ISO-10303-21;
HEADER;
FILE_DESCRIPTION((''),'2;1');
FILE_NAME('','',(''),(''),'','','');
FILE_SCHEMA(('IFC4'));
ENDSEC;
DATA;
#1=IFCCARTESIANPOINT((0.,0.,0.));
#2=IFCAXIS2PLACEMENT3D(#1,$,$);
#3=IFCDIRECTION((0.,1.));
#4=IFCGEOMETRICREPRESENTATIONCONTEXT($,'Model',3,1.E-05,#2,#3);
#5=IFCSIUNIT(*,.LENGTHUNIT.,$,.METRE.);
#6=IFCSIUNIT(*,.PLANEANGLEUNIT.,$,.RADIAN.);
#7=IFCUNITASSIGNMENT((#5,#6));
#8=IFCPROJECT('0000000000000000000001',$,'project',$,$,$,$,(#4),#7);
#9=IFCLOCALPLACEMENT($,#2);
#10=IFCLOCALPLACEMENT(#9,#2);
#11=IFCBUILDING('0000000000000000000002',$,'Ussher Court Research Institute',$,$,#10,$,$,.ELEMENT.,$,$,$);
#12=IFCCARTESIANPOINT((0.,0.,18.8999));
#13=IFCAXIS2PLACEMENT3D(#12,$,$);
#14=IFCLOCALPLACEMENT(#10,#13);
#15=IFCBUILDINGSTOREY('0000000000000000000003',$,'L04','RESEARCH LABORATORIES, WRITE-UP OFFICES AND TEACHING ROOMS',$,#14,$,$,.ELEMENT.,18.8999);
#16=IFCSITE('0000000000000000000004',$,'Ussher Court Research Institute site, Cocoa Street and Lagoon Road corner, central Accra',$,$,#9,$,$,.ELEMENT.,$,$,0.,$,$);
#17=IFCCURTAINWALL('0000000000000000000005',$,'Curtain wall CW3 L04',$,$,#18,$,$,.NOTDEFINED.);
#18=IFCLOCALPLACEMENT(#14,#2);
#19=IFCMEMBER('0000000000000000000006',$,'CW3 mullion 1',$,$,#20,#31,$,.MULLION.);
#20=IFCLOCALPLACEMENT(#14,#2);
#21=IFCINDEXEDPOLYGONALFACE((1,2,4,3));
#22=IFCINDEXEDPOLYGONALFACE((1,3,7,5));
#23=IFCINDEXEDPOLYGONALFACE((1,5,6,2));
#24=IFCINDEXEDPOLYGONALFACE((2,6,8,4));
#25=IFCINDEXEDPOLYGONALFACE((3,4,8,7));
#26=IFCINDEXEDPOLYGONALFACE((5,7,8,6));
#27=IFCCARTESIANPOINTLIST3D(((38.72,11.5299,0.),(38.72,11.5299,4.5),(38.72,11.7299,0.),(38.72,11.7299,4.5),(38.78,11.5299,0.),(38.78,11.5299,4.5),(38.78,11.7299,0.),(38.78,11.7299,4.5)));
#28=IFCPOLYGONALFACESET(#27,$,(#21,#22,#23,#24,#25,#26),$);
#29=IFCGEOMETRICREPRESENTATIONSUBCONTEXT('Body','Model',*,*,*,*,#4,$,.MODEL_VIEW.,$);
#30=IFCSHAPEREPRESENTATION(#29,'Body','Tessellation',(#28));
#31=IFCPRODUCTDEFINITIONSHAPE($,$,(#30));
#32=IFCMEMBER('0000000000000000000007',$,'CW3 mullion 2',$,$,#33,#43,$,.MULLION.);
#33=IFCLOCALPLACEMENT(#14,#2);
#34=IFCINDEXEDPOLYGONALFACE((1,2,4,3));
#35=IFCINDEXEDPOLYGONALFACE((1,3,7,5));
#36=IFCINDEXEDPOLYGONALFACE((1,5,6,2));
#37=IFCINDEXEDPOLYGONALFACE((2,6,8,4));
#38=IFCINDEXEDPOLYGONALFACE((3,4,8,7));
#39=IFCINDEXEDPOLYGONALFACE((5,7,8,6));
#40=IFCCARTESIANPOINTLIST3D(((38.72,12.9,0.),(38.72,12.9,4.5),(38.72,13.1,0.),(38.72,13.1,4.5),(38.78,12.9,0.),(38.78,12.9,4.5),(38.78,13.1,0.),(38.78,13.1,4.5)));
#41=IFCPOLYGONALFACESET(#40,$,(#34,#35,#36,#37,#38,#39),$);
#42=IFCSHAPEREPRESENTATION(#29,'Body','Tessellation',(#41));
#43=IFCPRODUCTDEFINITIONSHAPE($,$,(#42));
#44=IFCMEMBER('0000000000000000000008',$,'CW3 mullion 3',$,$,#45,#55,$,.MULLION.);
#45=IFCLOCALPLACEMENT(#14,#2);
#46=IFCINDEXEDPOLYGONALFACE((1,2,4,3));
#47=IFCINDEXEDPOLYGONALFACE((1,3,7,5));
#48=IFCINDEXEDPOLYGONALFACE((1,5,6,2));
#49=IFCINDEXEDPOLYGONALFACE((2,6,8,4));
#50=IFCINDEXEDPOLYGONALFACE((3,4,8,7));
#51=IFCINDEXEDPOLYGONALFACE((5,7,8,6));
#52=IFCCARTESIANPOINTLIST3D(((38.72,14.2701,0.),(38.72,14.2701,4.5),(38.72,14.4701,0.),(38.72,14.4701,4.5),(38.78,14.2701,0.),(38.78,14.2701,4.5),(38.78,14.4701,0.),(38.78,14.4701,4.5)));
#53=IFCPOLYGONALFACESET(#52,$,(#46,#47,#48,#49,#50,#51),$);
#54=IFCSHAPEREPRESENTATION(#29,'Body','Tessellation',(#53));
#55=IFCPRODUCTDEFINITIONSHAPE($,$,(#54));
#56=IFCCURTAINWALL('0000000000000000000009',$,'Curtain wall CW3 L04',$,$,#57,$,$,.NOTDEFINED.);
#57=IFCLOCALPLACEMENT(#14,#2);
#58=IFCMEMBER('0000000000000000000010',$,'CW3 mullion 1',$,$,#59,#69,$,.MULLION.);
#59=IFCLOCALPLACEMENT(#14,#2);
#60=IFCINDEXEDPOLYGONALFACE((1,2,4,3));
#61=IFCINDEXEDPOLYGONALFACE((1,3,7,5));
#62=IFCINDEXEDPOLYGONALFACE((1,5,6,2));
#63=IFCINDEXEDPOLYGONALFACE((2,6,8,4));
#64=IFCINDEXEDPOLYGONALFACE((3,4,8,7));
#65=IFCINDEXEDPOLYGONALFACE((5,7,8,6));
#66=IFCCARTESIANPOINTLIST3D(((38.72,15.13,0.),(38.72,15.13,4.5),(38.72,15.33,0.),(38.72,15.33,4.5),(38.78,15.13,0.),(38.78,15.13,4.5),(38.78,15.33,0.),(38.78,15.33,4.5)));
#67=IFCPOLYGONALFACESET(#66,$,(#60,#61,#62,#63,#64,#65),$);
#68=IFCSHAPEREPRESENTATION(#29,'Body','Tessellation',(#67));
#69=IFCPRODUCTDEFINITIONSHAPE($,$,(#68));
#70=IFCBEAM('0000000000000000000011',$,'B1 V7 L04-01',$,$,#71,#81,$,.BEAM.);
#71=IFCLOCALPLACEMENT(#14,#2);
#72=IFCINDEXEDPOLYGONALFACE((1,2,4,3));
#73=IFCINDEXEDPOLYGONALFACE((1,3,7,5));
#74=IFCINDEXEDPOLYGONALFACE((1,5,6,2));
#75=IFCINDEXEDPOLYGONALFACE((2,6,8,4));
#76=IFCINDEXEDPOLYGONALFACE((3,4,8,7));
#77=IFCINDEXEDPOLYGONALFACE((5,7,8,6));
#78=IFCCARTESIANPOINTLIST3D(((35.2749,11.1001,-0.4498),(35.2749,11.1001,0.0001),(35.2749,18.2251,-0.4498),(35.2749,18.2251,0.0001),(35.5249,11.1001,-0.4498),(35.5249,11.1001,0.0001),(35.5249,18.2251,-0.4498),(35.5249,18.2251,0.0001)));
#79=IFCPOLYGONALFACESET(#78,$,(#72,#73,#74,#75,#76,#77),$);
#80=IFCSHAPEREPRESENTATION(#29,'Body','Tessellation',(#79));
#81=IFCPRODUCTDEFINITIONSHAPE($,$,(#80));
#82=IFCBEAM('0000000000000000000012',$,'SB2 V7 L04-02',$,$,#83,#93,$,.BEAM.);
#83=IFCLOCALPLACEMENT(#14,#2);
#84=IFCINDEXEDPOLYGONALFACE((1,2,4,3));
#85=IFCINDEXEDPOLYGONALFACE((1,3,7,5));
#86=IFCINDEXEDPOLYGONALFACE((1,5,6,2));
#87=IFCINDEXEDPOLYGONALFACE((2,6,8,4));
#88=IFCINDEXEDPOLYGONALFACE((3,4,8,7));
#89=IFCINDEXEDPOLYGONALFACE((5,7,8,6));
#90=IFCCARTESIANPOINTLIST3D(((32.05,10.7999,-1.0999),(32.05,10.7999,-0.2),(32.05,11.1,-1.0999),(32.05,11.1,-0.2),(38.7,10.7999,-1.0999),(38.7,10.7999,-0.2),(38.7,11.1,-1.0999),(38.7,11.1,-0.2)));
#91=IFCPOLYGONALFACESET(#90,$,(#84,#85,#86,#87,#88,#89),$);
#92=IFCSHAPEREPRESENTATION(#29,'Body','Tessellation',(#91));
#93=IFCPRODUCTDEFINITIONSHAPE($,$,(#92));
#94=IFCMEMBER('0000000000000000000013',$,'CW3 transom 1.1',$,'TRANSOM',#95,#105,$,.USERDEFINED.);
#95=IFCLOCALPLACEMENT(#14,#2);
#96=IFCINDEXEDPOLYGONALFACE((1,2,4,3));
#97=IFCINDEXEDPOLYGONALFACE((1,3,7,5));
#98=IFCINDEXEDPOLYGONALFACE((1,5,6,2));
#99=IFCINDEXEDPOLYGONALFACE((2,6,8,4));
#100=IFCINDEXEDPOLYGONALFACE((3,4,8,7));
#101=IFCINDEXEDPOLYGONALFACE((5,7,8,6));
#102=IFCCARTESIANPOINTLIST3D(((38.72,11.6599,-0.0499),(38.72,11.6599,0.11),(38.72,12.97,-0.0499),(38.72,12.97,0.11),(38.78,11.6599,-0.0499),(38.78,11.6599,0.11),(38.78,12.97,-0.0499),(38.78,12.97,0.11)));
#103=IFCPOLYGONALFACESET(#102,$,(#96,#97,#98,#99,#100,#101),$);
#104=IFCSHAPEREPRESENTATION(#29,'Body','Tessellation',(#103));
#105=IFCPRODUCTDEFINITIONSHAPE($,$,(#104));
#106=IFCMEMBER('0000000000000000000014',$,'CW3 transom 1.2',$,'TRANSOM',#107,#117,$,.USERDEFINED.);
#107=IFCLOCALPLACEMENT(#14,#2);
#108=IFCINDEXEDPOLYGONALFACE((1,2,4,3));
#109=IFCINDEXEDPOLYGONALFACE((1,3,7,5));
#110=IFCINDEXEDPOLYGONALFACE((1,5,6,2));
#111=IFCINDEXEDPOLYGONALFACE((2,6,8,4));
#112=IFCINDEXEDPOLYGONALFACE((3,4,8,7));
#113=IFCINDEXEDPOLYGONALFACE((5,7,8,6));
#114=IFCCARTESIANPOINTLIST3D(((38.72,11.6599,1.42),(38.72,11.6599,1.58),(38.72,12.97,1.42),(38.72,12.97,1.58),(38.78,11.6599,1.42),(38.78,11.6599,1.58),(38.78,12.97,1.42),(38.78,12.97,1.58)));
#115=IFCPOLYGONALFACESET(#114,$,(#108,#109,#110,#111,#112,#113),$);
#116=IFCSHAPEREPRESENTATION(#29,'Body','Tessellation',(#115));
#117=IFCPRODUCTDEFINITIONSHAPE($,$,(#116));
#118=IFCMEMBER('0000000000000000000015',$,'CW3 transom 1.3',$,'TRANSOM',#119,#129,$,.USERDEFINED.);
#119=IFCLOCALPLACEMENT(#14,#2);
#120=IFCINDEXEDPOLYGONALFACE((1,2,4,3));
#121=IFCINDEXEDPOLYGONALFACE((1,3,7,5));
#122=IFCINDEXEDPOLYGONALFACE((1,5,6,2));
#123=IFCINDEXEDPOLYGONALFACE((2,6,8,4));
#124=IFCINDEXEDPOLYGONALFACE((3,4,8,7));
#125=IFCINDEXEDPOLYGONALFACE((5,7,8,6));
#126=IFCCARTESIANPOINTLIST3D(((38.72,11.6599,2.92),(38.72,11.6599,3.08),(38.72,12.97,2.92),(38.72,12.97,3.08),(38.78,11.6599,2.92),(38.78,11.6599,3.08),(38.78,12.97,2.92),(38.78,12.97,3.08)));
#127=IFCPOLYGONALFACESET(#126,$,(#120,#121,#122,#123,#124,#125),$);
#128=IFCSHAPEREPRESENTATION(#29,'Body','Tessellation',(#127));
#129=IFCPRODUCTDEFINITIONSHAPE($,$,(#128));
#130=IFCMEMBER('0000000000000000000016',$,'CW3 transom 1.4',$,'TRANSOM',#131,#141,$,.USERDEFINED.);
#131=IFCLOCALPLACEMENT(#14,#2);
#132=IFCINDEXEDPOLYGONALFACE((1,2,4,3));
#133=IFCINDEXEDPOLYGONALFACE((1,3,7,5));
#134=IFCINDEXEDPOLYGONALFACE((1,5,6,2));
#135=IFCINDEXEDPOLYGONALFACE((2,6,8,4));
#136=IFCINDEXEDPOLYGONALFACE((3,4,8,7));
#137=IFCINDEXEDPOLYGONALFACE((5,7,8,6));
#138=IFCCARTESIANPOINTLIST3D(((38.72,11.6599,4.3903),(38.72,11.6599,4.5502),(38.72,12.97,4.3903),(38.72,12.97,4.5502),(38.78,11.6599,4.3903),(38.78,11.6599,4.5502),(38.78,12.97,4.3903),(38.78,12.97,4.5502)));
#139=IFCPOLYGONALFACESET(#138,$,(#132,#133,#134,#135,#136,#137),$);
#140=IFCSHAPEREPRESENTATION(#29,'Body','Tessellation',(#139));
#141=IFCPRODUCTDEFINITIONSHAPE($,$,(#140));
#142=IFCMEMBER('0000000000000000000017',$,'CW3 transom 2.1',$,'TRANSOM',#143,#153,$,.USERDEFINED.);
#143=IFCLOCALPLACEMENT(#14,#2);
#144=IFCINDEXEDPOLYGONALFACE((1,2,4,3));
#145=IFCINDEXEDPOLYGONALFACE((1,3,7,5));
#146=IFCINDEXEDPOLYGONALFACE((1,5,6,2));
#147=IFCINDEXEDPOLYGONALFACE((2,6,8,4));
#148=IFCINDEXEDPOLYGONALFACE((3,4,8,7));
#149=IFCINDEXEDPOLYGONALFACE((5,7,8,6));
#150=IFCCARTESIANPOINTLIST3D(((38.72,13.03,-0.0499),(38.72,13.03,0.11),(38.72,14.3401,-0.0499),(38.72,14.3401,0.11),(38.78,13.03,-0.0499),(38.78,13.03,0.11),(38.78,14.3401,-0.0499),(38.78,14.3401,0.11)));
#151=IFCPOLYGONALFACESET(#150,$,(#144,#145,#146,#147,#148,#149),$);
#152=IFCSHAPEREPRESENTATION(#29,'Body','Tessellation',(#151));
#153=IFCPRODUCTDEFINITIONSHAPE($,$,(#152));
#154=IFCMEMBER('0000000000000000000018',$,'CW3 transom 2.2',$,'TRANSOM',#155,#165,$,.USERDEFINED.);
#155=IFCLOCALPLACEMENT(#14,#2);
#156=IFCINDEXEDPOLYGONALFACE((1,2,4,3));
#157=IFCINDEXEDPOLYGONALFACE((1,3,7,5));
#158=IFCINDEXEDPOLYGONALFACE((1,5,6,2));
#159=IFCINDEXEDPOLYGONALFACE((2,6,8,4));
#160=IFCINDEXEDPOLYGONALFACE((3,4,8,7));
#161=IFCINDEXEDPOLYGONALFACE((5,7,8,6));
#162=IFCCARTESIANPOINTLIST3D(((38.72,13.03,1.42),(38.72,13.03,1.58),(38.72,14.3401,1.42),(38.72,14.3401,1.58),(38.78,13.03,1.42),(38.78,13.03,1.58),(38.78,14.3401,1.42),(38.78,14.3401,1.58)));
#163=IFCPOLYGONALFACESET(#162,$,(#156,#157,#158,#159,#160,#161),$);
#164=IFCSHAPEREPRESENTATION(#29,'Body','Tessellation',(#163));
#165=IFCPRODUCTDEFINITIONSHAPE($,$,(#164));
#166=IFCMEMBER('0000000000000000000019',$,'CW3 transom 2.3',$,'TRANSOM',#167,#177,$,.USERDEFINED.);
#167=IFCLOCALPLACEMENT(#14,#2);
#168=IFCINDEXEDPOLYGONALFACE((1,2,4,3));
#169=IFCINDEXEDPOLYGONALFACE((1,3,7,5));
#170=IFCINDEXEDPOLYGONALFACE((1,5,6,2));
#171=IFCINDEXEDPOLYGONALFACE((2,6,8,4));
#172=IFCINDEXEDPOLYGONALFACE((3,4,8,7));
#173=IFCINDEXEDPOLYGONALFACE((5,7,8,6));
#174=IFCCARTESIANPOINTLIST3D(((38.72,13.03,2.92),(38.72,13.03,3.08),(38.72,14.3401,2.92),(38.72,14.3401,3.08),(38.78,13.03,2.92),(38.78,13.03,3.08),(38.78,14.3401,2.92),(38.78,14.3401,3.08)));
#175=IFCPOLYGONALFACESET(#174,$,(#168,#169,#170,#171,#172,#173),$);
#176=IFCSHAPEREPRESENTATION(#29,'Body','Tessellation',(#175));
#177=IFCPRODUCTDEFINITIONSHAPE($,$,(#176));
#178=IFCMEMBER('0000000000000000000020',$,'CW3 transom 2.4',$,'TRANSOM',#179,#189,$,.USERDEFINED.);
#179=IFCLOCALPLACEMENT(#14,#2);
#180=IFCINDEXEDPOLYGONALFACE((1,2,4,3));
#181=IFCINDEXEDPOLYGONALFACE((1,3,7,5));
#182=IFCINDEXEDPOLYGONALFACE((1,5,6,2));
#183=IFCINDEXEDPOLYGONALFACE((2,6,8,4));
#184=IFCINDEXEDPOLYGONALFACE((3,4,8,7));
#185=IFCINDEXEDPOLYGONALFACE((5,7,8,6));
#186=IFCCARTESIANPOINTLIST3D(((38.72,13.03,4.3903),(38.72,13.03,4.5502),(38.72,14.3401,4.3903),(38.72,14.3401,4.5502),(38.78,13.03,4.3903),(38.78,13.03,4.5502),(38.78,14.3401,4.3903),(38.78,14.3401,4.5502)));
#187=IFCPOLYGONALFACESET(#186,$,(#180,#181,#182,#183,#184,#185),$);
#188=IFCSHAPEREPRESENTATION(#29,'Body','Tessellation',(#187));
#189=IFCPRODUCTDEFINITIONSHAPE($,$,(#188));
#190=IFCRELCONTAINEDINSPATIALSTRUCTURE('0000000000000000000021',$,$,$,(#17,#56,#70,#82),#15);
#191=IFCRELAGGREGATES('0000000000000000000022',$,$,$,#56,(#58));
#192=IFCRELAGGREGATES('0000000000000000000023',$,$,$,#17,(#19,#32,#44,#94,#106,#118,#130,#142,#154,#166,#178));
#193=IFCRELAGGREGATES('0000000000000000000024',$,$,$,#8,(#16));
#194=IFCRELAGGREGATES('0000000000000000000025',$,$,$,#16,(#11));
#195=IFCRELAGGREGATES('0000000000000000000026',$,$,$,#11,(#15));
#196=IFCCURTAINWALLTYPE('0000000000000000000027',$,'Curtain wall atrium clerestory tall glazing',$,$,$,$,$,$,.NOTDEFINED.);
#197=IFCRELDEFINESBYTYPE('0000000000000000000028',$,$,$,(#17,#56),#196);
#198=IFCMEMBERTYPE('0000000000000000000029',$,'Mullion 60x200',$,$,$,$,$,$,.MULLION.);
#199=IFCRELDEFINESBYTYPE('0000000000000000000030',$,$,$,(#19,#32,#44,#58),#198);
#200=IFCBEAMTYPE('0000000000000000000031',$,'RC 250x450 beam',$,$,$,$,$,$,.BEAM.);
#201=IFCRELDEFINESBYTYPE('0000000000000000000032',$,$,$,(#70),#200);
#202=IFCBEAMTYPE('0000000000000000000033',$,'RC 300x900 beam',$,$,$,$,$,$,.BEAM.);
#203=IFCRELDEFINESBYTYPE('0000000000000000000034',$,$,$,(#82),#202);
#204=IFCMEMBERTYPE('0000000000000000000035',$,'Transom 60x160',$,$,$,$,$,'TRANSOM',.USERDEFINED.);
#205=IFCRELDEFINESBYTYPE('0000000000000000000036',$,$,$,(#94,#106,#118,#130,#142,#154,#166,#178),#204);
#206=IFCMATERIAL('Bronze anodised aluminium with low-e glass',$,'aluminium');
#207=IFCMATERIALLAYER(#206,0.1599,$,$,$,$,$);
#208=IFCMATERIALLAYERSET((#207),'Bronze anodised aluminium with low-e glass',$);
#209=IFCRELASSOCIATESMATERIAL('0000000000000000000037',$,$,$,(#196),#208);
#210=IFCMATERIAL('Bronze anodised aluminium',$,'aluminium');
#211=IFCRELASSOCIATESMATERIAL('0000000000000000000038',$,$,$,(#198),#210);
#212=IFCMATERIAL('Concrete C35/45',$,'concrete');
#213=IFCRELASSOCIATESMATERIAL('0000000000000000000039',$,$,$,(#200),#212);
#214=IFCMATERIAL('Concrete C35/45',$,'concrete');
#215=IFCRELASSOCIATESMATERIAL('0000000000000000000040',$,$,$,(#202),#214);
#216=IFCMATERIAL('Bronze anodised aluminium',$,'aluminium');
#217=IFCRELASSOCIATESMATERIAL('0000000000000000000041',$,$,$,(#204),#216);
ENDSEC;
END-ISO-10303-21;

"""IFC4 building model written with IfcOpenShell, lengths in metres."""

from ifc_helpers import new_model, si_unit, direction, frame, origin, origin_2d, place, context, subcontext, project, spatial, rectangle, extrude, material, layer, layer_set, material_profile, profile_set, type_object, element, aggregate, save


model = new_model("IFC4")

# Units and contexts
model_context = context("Model", 3, precision=1e-05, world=origin(), true_north=direction((0.0, 1.0)))
body_context = subcontext(model_context, "Body", "Model", "MODEL_VIEW")
ifc_project = project(units=[si_unit("LENGTHUNIT", "METRE"), si_unit("PLANEANGLEUNIT", "RADIAN")], contexts=[model_context])

# Site, building, storey
site_placement = place(None, origin())
site = spatial("IfcSite", under=ifc_project, at=site_placement, Name="Ussher Court Research Institute site, Cocoa Street and Lagoon Road corner, central Accra", CompositionType="ELEMENT", RefElevation=0.0)
building_placement = place(site_placement, origin())
building = spatial("IfcBuilding", under=site, at=building_placement, Name="Ussher Court Research Institute", CompositionType="ELEMENT")
storey_placement = place(building_placement, frame((0.0, 0.0, 18.8999)))
storey = spatial("IfcBuildingStorey", under=building, at=storey_placement, Name="L04", Description="RESEARCH LABORATORIES, WRITE-UP OFFICES AND TEACHING ROOMS", CompositionType="ELEMENT", Elevation=18.8999)

# Curtain wall, members
ifc_material_1 = material(Name="Bronze anodised aluminium with low-e glass", Category="aluminium")
ifc_layer_1 = layer(ifc_material_1, 0.1599)
ifc_layer_set_1 = layer_set([ifc_layer_1], Name="Bronze anodised aluminium with low-e glass")
curtain_wall_type = type_object("IfcCurtainWallType", Name="Curtain wall atrium clerestory tall glazing", PredefinedType="NOTDEFINED", material=ifc_layer_set_1)
curtain_wall_1_placement = place(storey_placement, origin())
curtain_wall_1 = element("IfcCurtainWall", 1, at=curtain_wall_1_placement, inside=storey, type_object=curtain_wall_type, Name="Curtain wall CW3 L04", PredefinedType="NOTDEFINED")
ifc_material_2 = material(Name="Bronze anodised aluminium", Category="aluminium")
ifc_material_profile_1 = material_profile(ifc_material_2, rectangle(XDim=0.0601, YDim=0.2, at=origin_2d()), Name="Mullion 60x200")
ifc_profile_set_1 = profile_set([ifc_material_profile_1], Name="Bronze anodised aluminium")
member_type_1 = type_object("IfcMemberType", Name="Mullion 60x200", PredefinedType="MULLION", material=ifc_profile_set_1)
member_1_placement = place(storey_placement, frame((38.75, 11.6299, 0.0), z_axis=(0.0, 0.0, 1.0), x_axis=(-1.0, 0.0, 0.0)))
member_1 = element("IfcMember", 2, at=member_1_placement, type_object=member_type_1, Name="CW3 mullion 1", PredefinedType="MULLION", context=body_context, shape_type="SweptSolid", body=[
    extrude(rectangle(XDim=0.0601, YDim=0.2, at=origin_2d()), origin(), (0.0, 0.0, 1.0), 4.5),
])
member_2_placement = place(storey_placement, frame((38.75, 13.0, 0.0), z_axis=(0.0, 0.0, 1.0), x_axis=(-1.0, 0.0, 0.0)))
member_2 = element("IfcMember", 3, at=member_2_placement, type_object=member_type_1, Name="CW3 mullion 2", PredefinedType="MULLION", context=body_context, shape_type="SweptSolid", body=[
    extrude(rectangle(XDim=0.0601, YDim=0.2, at=origin_2d()), origin(), (0.0, 0.0, 1.0), 4.5),
])
member_3_placement = place(storey_placement, frame((38.75, 14.3701, 0.0), z_axis=(0.0, 0.0, 1.0), x_axis=(-1.0, 0.0, 0.0)))
member_3 = element("IfcMember", 4, at=member_3_placement, type_object=member_type_1, Name="CW3 mullion 3", PredefinedType="MULLION", context=body_context, shape_type="SweptSolid", body=[
    extrude(rectangle(XDim=0.0601, YDim=0.2, at=origin_2d()), origin(), (0.0, 0.0, 1.0), 4.5),
])

# Curtain wall, member
curtain_wall_2_placement = place(storey_placement, origin())
curtain_wall_2 = element("IfcCurtainWall", 5, at=curtain_wall_2_placement, inside=storey, type_object=curtain_wall_type, Name="Curtain wall CW3 L04", PredefinedType="NOTDEFINED")
member_4_placement = place(storey_placement, frame((38.75, 15.23, 0.0), z_axis=(0.0, 0.0, 1.0), x_axis=(-1.0, 0.0, 0.0)))
member_4 = element("IfcMember", 6, at=member_4_placement, type_object=member_type_1, Name="CW3 mullion 1", PredefinedType="MULLION", context=body_context, shape_type="SweptSolid", body=[
    extrude(rectangle(XDim=0.0601, YDim=0.2, at=origin_2d()), origin(), (0.0, 0.0, 1.0), 4.5),
])

# Beams
ifc_material_3 = material(Name="Concrete C35/45", Category="concrete")
ifc_material_profile_2 = material_profile(ifc_material_3, rectangle(XDim=0.25, YDim=0.45, at=origin_2d()), Name="RC 250x450")
ifc_profile_set_2 = profile_set([ifc_material_profile_2], Name="Concrete C35/45")
beam_type_1 = type_object("IfcBeamType", Name="RC 250x450 beam", PredefinedType="BEAM", material=ifc_profile_set_2)
beam_1_placement = place(storey_placement, frame((35.3999, 11.1001, -0.2249), z_axis=(0.0, 1.0, 0.0), x_axis=(-1.0, 0.0, 0.0)))
element("IfcBeam", 7, at=beam_1_placement, inside=storey, type_object=beam_type_1, Name="B1 V7 L04-01", PredefinedType="BEAM", context=body_context, shape_type="SweptSolid", body=[
    extrude(rectangle(XDim=0.25, YDim=0.45, at=origin_2d()), origin(), (0.0, 0.0, 1.0), 7.125),
])
ifc_material_4 = material(Name="Concrete C35/45", Category="concrete")
ifc_material_profile_3 = material_profile(ifc_material_4, rectangle(XDim=0.3, YDim=0.8999, at=origin_2d()), Name="RC 300x900")
ifc_profile_set_3 = profile_set([ifc_material_profile_3], Name="Concrete C35/45")
beam_type_2 = type_object("IfcBeamType", Name="RC 300x900 beam", PredefinedType="BEAM", material=ifc_profile_set_3)
beam_2_placement = place(storey_placement, frame((32.05, 10.95, -0.6499), z_axis=(1.0, 0.0, 0.0), x_axis=(0.0, 1.0, 0.0)))
element("IfcBeam", 8, at=beam_2_placement, inside=storey, type_object=beam_type_2, Name="SB2 V7 L04-02", PredefinedType="BEAM", context=body_context, shape_type="SweptSolid", body=[
    extrude(rectangle(XDim=0.3, YDim=0.8999, at=origin_2d()), origin(), (0.0, 0.0, 1.0), 6.6499),
])

# Members
ifc_material_5 = material(Name="Bronze anodised aluminium", Category="aluminium")
ifc_material_profile_4 = material_profile(ifc_material_5, rectangle(XDim=0.0601, YDim=0.1599, at=origin_2d()), Name="Transom 60x160")
ifc_profile_set_4 = profile_set([ifc_material_profile_4], Name="Bronze anodised aluminium")
member_type_2 = type_object("IfcMemberType", Name="Transom 60x160", ElementType="TRANSOM", PredefinedType="USERDEFINED", material=ifc_profile_set_4)
member_5_placement = place(storey_placement, frame((38.75, 11.6599, 0.03), z_axis=(0.0, 1.0, 0.0), x_axis=(-1.0, 0.0, 0.0)))
member_5 = element("IfcMember", 9, at=member_5_placement, type_object=member_type_2, Name="CW3 transom 1.1", ObjectType="TRANSOM", PredefinedType="USERDEFINED", context=body_context, shape_type="SweptSolid", body=[
    extrude(rectangle(XDim=0.0601, YDim=0.1599, at=origin_2d()), origin(), (0.0, 0.0, 1.0), 1.3101),
])
member_6_placement = place(storey_placement, frame((38.75, 11.6599, 1.5), z_axis=(0.0, 1.0, 0.0), x_axis=(-1.0, 0.0, 0.0)))
member_6 = element("IfcMember", 10, at=member_6_placement, type_object=member_type_2, Name="CW3 transom 1.2", ObjectType="TRANSOM", PredefinedType="USERDEFINED", context=body_context, shape_type="SweptSolid", body=[
    extrude(rectangle(XDim=0.0601, YDim=0.1599, at=origin_2d()), origin(), (0.0, 0.0, 1.0), 1.3101),
])
member_7_placement = place(storey_placement, frame((38.75, 11.6599, 3.0), z_axis=(0.0, 1.0, 0.0), x_axis=(-1.0, 0.0, 0.0)))
member_7 = element("IfcMember", 11, at=member_7_placement, type_object=member_type_2, Name="CW3 transom 1.3", ObjectType="TRANSOM", PredefinedType="USERDEFINED", context=body_context, shape_type="SweptSolid", body=[
    extrude(rectangle(XDim=0.0601, YDim=0.1599, at=origin_2d()), origin(), (0.0, 0.0, 1.0), 1.3101),
])
member_8_placement = place(storey_placement, frame((38.75, 11.6599, 4.4702), z_axis=(0.0, 1.0, 0.0), x_axis=(-1.0, 0.0, 0.0)))
member_8 = element("IfcMember", 12, at=member_8_placement, type_object=member_type_2, Name="CW3 transom 1.4", ObjectType="TRANSOM", PredefinedType="USERDEFINED", context=body_context, shape_type="SweptSolid", body=[
    extrude(rectangle(XDim=0.0601, YDim=0.1599, at=origin_2d()), origin(), (0.0, 0.0, 1.0), 1.3101),
])
member_9_placement = place(storey_placement, frame((38.75, 13.03, 0.03), z_axis=(0.0, 1.0, 0.0), x_axis=(-1.0, 0.0, 0.0)))
member_9 = element("IfcMember", 13, at=member_9_placement, type_object=member_type_2, Name="CW3 transom 2.1", ObjectType="TRANSOM", PredefinedType="USERDEFINED", context=body_context, shape_type="SweptSolid", body=[
    extrude(rectangle(XDim=0.0601, YDim=0.1599, at=origin_2d()), origin(), (0.0, 0.0, 1.0), 1.3101),
])
member_10_placement = place(storey_placement, frame((38.75, 13.03, 1.5), z_axis=(0.0, 1.0, 0.0), x_axis=(-1.0, 0.0, 0.0)))
member_10 = element("IfcMember", 14, at=member_10_placement, type_object=member_type_2, Name="CW3 transom 2.2", ObjectType="TRANSOM", PredefinedType="USERDEFINED", context=body_context, shape_type="SweptSolid", body=[
    extrude(rectangle(XDim=0.0601, YDim=0.1599, at=origin_2d()), origin(), (0.0, 0.0, 1.0), 1.3101),
])
member_11_placement = place(storey_placement, frame((38.75, 13.03, 3.0), z_axis=(0.0, 1.0, 0.0), x_axis=(-1.0, 0.0, 0.0)))
member_11 = element("IfcMember", 15, at=member_11_placement, type_object=member_type_2, Name="CW3 transom 2.3", ObjectType="TRANSOM", PredefinedType="USERDEFINED", context=body_context, shape_type="SweptSolid", body=[
    extrude(rectangle(XDim=0.0601, YDim=0.1599, at=origin_2d()), origin(), (0.0, 0.0, 1.0), 1.3101),
])
member_12_placement = place(storey_placement, frame((38.75, 13.03, 4.4702), z_axis=(0.0, 1.0, 0.0), x_axis=(-1.0, 0.0, 0.0)))
member_12 = element("IfcMember", 16, at=member_12_placement, type_object=member_type_2, Name="CW3 transom 2.4", ObjectType="TRANSOM", PredefinedType="USERDEFINED", context=body_context, shape_type="SweptSolid", body=[
    extrude(rectangle(XDim=0.0601, YDim=0.1599, at=origin_2d()), origin(), (0.0, 0.0, 1.0), 1.3101),
])
aggregate(curtain_wall_2, [member_4])

aggregate(curtain_wall_1, [member_1, member_2, member_3, member_5, member_6, member_7, member_8, member_9, member_10, member_11, member_12])

save(model, "model.ifc")
